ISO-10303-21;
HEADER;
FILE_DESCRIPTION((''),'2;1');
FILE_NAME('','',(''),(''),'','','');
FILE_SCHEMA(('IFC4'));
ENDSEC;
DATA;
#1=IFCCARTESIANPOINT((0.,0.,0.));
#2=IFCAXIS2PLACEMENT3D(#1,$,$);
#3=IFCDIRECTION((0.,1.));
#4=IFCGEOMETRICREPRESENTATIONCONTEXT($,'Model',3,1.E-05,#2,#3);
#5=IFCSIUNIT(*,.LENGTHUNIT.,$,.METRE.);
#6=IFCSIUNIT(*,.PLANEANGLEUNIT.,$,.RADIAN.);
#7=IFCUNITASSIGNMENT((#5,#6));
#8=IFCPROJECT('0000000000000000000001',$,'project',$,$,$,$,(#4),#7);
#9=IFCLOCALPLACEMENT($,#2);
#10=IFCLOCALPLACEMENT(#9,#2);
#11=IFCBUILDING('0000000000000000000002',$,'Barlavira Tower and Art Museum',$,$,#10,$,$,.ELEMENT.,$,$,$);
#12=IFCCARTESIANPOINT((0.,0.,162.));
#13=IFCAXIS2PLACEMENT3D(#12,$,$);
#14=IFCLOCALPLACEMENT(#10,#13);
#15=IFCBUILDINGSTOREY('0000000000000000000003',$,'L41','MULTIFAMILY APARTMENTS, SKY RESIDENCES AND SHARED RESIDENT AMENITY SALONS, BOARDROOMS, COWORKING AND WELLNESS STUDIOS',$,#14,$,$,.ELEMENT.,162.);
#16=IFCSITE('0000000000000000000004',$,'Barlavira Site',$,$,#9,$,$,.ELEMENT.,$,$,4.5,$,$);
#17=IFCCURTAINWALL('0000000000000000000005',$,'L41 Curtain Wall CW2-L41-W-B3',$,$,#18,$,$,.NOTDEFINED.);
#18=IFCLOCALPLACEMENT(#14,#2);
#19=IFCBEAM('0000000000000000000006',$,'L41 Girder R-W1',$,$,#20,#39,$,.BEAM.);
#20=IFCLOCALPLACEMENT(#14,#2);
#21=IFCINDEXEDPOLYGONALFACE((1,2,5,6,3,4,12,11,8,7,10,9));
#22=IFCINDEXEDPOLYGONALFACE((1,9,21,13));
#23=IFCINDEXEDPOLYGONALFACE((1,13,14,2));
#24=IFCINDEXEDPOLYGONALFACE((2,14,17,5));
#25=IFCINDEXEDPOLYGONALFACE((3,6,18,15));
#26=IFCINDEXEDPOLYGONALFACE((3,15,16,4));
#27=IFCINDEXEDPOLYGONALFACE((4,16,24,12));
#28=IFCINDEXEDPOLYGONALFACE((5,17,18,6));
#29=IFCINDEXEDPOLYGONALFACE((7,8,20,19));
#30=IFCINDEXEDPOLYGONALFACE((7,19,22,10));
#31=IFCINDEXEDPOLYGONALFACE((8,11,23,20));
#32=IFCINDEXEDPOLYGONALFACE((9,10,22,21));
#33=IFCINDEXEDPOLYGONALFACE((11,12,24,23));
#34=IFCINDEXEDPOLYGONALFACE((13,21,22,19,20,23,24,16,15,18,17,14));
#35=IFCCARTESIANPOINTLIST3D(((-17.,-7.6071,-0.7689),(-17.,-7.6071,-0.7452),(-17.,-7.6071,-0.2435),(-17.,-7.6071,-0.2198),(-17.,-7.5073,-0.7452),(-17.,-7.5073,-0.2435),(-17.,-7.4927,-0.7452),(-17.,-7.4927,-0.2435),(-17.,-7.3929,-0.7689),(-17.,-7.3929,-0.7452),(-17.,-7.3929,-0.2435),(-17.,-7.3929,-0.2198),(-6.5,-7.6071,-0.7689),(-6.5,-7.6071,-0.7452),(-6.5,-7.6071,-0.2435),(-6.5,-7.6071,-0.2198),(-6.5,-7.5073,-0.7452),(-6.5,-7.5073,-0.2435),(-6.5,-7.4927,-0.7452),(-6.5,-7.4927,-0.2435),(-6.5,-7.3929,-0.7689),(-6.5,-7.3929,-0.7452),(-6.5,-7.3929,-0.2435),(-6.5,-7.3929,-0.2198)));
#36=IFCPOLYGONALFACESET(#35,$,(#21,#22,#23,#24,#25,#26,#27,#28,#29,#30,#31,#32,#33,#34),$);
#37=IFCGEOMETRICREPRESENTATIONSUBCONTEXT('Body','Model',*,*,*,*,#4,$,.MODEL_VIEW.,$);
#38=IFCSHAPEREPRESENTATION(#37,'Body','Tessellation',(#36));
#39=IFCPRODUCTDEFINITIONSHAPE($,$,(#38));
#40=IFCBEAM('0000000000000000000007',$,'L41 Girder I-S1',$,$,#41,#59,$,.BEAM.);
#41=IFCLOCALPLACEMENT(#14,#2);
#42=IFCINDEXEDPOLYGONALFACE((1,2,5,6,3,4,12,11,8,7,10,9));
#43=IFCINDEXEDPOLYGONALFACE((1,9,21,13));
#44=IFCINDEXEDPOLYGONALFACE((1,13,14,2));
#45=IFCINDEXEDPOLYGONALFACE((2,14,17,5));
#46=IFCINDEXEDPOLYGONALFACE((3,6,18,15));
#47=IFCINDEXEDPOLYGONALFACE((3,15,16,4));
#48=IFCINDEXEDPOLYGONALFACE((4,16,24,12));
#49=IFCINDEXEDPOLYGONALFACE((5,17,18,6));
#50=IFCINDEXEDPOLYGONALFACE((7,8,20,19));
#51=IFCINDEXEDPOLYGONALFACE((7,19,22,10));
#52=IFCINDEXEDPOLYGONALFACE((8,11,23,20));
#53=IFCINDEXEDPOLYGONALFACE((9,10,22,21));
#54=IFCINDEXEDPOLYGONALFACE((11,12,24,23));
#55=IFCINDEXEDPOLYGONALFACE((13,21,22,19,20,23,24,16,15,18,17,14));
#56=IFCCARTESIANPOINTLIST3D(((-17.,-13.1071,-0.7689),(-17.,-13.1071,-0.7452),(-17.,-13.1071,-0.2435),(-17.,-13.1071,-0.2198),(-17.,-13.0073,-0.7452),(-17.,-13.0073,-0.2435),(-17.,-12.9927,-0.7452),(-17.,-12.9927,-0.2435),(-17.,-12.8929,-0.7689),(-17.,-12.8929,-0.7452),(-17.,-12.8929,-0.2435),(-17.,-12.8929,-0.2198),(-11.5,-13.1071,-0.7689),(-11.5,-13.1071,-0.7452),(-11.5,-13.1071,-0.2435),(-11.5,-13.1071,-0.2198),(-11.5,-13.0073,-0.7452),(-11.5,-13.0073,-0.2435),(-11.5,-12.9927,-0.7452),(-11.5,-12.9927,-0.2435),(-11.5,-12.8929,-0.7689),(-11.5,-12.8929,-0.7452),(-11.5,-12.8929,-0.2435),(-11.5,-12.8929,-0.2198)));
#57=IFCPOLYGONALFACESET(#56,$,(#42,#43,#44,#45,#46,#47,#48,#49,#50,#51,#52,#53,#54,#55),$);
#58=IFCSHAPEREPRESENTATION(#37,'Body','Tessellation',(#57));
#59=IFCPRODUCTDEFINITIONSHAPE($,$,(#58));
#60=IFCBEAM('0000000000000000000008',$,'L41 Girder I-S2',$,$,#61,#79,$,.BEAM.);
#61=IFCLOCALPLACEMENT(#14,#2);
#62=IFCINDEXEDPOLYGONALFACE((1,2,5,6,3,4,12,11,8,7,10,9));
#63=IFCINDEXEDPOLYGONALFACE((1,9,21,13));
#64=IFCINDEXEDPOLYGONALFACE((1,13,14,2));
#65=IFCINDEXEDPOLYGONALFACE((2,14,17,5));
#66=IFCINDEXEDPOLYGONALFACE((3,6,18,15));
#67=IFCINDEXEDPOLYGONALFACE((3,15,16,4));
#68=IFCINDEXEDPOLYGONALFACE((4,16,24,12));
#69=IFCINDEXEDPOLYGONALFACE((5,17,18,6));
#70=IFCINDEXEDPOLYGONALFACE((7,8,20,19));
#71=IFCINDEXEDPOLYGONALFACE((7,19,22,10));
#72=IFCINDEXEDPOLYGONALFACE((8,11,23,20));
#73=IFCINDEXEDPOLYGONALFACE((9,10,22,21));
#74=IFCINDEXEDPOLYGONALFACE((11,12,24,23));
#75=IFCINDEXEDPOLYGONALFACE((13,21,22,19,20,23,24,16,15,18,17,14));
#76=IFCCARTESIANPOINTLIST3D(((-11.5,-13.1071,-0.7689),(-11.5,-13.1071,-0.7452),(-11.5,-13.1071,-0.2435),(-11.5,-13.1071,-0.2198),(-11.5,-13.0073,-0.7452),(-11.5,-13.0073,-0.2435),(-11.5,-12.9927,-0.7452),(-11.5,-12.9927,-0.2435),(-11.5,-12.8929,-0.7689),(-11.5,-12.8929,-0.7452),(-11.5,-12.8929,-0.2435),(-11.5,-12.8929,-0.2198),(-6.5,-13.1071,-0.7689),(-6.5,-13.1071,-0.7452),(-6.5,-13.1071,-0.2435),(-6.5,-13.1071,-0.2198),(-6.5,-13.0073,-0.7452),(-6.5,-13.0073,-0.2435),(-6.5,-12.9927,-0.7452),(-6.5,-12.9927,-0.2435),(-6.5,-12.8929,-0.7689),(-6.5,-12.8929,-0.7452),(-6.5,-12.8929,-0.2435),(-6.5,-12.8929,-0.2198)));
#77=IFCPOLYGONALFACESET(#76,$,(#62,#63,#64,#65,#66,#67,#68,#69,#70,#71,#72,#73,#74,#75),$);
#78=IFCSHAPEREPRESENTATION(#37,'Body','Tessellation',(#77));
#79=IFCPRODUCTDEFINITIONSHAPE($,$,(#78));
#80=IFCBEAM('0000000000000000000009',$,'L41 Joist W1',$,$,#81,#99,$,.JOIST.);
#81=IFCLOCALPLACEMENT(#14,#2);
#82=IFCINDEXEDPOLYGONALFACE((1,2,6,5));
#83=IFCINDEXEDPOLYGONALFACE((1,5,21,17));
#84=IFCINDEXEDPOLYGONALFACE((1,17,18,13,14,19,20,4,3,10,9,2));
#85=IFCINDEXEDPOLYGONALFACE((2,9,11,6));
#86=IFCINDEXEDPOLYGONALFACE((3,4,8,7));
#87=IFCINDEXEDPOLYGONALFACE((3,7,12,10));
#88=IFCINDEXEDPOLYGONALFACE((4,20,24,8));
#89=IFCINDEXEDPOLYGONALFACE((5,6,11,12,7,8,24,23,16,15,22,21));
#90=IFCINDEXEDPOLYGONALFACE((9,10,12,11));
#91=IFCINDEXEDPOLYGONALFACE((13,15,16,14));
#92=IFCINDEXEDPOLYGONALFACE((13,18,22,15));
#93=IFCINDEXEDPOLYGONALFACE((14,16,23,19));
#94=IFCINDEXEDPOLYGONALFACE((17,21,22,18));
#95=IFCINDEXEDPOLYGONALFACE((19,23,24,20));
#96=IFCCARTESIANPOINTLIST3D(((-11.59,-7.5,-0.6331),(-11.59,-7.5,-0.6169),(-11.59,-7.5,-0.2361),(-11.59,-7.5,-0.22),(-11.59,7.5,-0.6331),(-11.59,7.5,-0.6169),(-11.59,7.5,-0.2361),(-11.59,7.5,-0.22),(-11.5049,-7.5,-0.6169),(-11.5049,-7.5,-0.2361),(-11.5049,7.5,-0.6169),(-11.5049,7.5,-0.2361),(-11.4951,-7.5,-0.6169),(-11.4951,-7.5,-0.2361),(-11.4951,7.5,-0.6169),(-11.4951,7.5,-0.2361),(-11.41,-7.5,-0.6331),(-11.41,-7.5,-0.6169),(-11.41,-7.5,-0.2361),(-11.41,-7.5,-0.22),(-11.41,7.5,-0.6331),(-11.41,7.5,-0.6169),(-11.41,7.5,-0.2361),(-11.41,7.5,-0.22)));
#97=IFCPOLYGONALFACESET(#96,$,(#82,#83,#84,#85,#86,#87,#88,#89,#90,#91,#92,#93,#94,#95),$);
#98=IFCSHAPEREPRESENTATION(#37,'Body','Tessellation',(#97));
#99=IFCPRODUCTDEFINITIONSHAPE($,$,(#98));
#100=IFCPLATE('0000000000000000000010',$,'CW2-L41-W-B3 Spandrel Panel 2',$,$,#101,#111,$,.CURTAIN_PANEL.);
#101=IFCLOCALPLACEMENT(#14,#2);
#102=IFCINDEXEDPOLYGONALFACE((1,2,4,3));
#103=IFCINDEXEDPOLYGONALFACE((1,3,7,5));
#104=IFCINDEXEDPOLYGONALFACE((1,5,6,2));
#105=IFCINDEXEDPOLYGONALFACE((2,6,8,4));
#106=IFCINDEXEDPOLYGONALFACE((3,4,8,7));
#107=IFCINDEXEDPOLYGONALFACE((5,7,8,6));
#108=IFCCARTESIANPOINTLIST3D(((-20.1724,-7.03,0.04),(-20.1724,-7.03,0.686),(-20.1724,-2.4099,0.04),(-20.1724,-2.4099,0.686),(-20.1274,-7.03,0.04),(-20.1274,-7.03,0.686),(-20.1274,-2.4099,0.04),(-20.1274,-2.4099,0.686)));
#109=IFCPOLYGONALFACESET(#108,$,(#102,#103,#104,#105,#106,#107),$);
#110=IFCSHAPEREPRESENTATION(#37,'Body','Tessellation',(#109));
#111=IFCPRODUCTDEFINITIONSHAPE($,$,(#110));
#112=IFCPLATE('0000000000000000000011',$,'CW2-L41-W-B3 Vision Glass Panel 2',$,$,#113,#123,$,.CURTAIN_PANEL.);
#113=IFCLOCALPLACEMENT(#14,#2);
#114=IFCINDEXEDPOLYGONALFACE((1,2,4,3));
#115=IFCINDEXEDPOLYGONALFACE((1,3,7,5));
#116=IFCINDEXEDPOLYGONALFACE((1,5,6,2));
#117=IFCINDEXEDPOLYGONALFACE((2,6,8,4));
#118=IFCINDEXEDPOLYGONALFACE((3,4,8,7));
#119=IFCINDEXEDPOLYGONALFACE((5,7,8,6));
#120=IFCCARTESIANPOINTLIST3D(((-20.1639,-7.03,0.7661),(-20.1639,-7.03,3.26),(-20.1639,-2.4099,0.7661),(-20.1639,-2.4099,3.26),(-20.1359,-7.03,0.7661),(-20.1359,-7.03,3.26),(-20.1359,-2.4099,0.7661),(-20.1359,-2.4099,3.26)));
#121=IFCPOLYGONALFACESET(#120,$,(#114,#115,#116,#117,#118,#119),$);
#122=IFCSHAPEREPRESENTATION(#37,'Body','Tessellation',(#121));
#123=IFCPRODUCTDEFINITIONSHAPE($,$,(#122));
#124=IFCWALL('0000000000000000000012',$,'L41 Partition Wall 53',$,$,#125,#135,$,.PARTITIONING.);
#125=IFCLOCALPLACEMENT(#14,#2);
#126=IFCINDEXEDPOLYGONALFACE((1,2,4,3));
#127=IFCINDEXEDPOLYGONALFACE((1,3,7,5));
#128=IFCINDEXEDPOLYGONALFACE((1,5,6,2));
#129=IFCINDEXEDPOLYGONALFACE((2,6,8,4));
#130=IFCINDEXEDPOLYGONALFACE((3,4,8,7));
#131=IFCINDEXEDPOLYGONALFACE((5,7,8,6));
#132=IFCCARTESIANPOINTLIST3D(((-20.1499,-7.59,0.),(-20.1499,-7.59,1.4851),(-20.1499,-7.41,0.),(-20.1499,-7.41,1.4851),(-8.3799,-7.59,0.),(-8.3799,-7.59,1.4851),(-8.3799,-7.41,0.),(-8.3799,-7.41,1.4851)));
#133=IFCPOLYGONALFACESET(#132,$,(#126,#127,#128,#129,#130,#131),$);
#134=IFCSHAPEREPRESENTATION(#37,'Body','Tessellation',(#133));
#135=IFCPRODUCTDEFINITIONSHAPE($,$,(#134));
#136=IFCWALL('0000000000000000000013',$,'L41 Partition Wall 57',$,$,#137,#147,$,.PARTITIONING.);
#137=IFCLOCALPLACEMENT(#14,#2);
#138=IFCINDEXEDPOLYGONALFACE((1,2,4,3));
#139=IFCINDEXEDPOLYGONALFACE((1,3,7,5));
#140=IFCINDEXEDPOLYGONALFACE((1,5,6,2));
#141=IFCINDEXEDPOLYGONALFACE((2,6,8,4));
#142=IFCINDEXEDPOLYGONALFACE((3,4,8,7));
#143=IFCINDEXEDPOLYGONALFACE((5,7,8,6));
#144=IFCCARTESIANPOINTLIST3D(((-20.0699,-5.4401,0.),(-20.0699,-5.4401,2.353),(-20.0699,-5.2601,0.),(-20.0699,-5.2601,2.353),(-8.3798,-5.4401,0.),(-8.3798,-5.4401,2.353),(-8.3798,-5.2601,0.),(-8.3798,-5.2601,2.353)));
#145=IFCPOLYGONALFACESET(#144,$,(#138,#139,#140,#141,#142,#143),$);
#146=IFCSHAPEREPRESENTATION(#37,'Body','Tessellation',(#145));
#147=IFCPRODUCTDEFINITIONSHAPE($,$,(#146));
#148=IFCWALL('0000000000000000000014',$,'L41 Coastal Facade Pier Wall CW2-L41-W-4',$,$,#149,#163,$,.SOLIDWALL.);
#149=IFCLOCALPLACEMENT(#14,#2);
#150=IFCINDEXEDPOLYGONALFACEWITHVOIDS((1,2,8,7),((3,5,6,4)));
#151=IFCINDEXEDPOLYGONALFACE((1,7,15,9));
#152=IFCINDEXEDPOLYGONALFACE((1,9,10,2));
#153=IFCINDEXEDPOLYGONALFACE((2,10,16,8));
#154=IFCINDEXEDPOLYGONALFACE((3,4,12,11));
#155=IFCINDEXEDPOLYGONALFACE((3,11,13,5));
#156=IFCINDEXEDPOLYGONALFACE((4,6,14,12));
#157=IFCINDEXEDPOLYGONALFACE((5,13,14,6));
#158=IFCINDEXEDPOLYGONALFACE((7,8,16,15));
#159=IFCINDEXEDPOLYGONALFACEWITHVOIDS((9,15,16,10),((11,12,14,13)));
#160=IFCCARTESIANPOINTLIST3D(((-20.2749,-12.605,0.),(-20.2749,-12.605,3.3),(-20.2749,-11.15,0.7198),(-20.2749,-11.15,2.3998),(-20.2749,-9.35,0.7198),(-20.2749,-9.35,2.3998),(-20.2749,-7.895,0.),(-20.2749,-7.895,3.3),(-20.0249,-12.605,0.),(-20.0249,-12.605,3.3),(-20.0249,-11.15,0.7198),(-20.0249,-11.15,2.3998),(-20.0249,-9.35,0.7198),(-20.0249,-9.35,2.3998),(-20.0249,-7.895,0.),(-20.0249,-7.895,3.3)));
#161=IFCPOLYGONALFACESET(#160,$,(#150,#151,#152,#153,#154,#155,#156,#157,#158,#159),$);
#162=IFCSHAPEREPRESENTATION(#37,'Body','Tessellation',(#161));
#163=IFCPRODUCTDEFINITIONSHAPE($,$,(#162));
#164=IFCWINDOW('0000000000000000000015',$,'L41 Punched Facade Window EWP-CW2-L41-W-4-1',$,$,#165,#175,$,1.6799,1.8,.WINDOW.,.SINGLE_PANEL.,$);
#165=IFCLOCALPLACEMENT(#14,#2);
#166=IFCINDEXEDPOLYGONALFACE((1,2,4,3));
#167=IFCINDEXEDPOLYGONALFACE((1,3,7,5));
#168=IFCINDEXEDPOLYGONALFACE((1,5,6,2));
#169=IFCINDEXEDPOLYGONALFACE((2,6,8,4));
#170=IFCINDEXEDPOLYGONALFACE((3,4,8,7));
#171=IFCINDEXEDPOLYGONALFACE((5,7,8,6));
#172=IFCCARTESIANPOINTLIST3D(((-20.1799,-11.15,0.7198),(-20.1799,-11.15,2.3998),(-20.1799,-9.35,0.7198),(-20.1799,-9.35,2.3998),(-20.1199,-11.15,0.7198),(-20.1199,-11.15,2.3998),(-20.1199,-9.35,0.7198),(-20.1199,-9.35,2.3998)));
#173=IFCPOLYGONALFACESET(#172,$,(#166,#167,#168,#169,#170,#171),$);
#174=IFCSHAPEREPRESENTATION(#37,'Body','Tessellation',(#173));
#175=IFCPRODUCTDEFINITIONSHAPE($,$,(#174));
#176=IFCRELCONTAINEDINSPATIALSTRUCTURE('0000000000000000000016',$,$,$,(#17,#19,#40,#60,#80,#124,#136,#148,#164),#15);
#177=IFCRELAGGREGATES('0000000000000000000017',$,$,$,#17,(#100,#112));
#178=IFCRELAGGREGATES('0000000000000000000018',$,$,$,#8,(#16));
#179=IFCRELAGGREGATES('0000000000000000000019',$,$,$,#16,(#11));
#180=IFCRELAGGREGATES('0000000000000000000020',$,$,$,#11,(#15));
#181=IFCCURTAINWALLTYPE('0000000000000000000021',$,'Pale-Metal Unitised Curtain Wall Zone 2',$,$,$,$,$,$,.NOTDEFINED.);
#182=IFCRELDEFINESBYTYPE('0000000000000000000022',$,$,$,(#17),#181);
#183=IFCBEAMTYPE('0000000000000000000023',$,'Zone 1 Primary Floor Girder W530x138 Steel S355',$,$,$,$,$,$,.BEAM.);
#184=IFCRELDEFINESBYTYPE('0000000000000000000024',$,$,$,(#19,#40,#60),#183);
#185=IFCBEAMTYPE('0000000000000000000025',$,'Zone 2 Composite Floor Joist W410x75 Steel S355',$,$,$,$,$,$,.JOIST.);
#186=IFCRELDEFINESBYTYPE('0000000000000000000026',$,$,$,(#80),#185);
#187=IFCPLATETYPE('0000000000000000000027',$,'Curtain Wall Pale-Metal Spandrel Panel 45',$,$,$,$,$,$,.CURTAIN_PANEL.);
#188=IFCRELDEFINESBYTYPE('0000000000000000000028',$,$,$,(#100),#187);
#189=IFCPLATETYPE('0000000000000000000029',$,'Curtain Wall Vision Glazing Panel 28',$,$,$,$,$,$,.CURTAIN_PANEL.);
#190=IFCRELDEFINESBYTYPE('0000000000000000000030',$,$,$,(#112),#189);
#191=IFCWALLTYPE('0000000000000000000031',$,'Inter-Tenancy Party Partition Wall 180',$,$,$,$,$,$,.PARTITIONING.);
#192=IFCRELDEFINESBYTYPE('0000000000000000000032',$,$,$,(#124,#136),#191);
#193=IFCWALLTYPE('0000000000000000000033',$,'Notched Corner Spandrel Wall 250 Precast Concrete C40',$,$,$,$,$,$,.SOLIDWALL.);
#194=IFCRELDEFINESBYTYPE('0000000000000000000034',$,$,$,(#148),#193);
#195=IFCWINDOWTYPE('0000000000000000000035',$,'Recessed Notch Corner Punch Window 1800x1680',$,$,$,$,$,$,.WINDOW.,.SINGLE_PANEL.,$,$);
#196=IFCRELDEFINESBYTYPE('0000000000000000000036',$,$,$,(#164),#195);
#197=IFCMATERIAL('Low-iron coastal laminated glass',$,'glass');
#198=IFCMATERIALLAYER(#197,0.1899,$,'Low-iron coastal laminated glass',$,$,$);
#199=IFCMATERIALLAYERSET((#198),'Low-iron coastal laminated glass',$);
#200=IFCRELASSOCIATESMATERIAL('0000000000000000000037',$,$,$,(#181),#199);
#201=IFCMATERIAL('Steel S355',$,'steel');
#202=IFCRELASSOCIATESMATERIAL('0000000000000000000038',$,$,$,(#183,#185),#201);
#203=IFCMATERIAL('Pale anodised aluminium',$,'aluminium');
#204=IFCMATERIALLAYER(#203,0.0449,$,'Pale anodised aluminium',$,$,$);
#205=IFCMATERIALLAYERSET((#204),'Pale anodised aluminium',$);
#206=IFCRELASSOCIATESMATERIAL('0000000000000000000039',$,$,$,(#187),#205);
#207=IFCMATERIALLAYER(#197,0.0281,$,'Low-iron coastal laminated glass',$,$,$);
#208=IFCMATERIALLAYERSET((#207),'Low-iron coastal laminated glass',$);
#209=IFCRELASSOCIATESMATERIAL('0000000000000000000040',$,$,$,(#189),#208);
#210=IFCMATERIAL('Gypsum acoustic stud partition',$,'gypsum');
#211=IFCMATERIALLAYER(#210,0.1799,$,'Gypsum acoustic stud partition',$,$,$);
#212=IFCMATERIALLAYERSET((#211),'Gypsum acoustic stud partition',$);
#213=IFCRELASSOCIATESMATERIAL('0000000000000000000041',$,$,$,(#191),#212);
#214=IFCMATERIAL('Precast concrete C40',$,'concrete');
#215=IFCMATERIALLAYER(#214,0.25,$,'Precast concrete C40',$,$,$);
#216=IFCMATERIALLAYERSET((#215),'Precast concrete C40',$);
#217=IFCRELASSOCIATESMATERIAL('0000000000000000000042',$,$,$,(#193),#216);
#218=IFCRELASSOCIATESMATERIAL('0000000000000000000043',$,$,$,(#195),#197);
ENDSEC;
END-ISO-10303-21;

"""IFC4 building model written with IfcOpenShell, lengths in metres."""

from ifc_helpers import new_model, si_unit, direction, frame, frame_2d, origin, origin_2d, place, context, subcontext, project, spatial, rectangle, i_section, extrude, material, layer, layer_set, material_profile, profile_set, type_object, element, fill, aggregate, save


model = new_model("IFC4")

# Units and contexts
model_context = context("Model", 3, precision=1e-05, world=origin(), true_north=direction((0.0, 1.0)))
body_context = subcontext(model_context, "Body", "Model", "MODEL_VIEW")
ifc_project = project(units=[si_unit("LENGTHUNIT", "METRE"), si_unit("PLANEANGLEUNIT", "RADIAN")], contexts=[model_context])

# Site, building, storey
site_placement = place(None, origin())
site = spatial("IfcSite", under=ifc_project, at=site_placement, Name="Barlavira Site", CompositionType="ELEMENT", RefElevation=4.5)
building_placement = place(site_placement, origin())
building = spatial("IfcBuilding", under=site, at=building_placement, Name="Barlavira Tower and Art Museum", CompositionType="ELEMENT")
storey_placement = place(building_placement, frame((0.0, 0.0, 162.0)))
storey = spatial("IfcBuildingStorey", under=building, at=storey_placement, Name="L41", Description="MULTIFAMILY APARTMENTS, SKY RESIDENCES AND SHARED RESIDENT AMENITY SALONS, BOARDROOMS, COWORKING AND WELLNESS STUDIOS", CompositionType="ELEMENT", Elevation=162.0)

# Curtain wall
ifc_material_1 = material(Name="Low-iron coastal laminated glass", Category="glass")
ifc_layer_1 = layer(ifc_material_1, 0.1899, Name="Low-iron coastal laminated glass")
ifc_layer_set_1 = layer_set([ifc_layer_1], Name="Low-iron coastal laminated glass")
curtain_wall_type = type_object("IfcCurtainWallType", Name="Pale-Metal Unitised Curtain Wall Zone 2", PredefinedType="NOTDEFINED", material=ifc_layer_set_1)
curtain_wall_placement = place(storey_placement, origin())
curtain_wall = element("IfcCurtainWall", 1, at=curtain_wall_placement, inside=storey, type_object=curtain_wall_type, Name="L41 Curtain Wall CW2-L41-W-B3", PredefinedType="NOTDEFINED")
ifc_material_2 = material(Name="Pale anodised aluminium", Category="aluminium")

# Shared definitions
ifc_material_3 = material(Name="Steel S355", Category="steel")

# Beams
ifc_material_profile_1 = material_profile(ifc_material_3, i_section(OverallWidth=0.2141, OverallDepth=0.5491, WebThickness=0.0146, FlangeThickness=0.0237, at=origin_2d()), Name="W530x138.0")
ifc_profile_set_1 = profile_set([ifc_material_profile_1], Name="Steel S355")
beam_type_1 = type_object("IfcBeamType", Name="Zone 1 Primary Floor Girder W530x138 Steel S355", PredefinedType="BEAM", material=ifc_profile_set_1)
beam_1_placement = place(storey_placement, frame((-17.0, -7.5, -0.4944), z_axis=(1.0, 0.0, 0.0), x_axis=(0.0, 1.0, 0.0)))
element("IfcBeam", 2, at=beam_1_placement, inside=storey, type_object=beam_type_1, Name="L41 Girder R-W1", PredefinedType="BEAM", context=body_context, shape_type="SweptSolid", body=[
    extrude(i_section(OverallWidth=0.2141, OverallDepth=0.5491, WebThickness=0.0146, FlangeThickness=0.0237, at=origin_2d()), origin(), (0.0, 0.0, 1.0), 10.5),
])
beam_2_placement = place(storey_placement, frame((-17.0, -13.0, -0.4944), z_axis=(1.0, 0.0, 0.0), x_axis=(0.0, 1.0, 0.0)))
element("IfcBeam", 3, at=beam_2_placement, inside=storey, type_object=beam_type_1, Name="L41 Girder I-S1", PredefinedType="BEAM", context=body_context, shape_type="SweptSolid", body=[
    extrude(i_section(OverallWidth=0.2141, OverallDepth=0.5491, WebThickness=0.0146, FlangeThickness=0.0237, at=origin_2d()), origin(), (0.0, 0.0, 1.0), 5.5),
])
beam_3_placement = place(storey_placement, frame((-11.5, -13.0, -0.4944), z_axis=(1.0, 0.0, 0.0), x_axis=(0.0, 1.0, 0.0)))
element("IfcBeam", 4, at=beam_3_placement, inside=storey, type_object=beam_type_1, Name="L41 Girder I-S2", PredefinedType="BEAM", context=body_context, shape_type="SweptSolid", body=[
    extrude(i_section(OverallWidth=0.2141, OverallDepth=0.5491, WebThickness=0.0146, FlangeThickness=0.0237, at=origin_2d()), origin(), (0.0, 0.0, 1.0), 5.0),
])
ifc_material_profile_2 = material_profile(ifc_material_3, i_section(OverallWidth=0.1799, OverallDepth=0.4131, WebThickness=0.0098, FlangeThickness=0.0161, at=origin_2d()), Name="W410x75.0")
ifc_profile_set_2 = profile_set([ifc_material_profile_2], Name="Steel S355")
beam_type_2 = type_object("IfcBeamType", Name="Zone 2 Composite Floor Joist W410x75 Steel S355", PredefinedType="JOIST", material=ifc_profile_set_2)
beam_4_placement = place(storey_placement, frame((-11.5, -7.5, -0.4265), z_axis=(0.0, 1.0, 0.0), x_axis=(-1.0, 0.0, 0.0)))
element("IfcBeam", 5, at=beam_4_placement, inside=storey, type_object=beam_type_2, Name="L41 Joist W1", PredefinedType="JOIST", context=body_context, shape_type="SweptSolid", body=[
    extrude(i_section(OverallWidth=0.1799, OverallDepth=0.4131, WebThickness=0.0098, FlangeThickness=0.0161, at=origin_2d()), origin(), (0.0, 0.0, 1.0), 15.0),
])

# Plates
ifc_layer_2 = layer(ifc_material_2, 0.0449, Name="Pale anodised aluminium")
ifc_layer_set_2 = layer_set([ifc_layer_2], Name="Pale anodised aluminium")
plate_type_1 = type_object("IfcPlateType", Name="Curtain Wall Pale-Metal Spandrel Panel 45", PredefinedType="CURTAIN_PANEL", material=ifc_layer_set_2)
plate_1_placement = place(storey_placement, frame((-20.1499, -4.72, 0.04), z_axis=(0.0, 0.0, 1.0), x_axis=(0.0, -1.0, 0.0)))
plate_1 = element("IfcPlate", 6, at=plate_1_placement, type_object=plate_type_1, Name="CW2-L41-W-B3 Spandrel Panel 2", PredefinedType="CURTAIN_PANEL", context=body_context, shape_type="SweptSolid", body=[
    extrude(rectangle(XDim=4.6201, YDim=0.0449, at=origin_2d()), origin(), (0.0, 0.0, 1.0), 0.646),
])
ifc_layer_3 = layer(ifc_material_1, 0.0281, Name="Low-iron coastal laminated glass")
ifc_layer_set_3 = layer_set([ifc_layer_3], Name="Low-iron coastal laminated glass")
plate_type_2 = type_object("IfcPlateType", Name="Curtain Wall Vision Glazing Panel 28", PredefinedType="CURTAIN_PANEL", material=ifc_layer_set_3)
plate_2_placement = place(storey_placement, frame((-20.1499, -4.72, 0.7661), z_axis=(0.0, 0.0, 1.0), x_axis=(0.0, -1.0, 0.0)))
plate_2 = element("IfcPlate", 7, at=plate_2_placement, type_object=plate_type_2, Name="CW2-L41-W-B3 Vision Glass Panel 2", PredefinedType="CURTAIN_PANEL", context=body_context, shape_type="SweptSolid", body=[
    extrude(rectangle(XDim=4.6201, YDim=0.0281, at=origin_2d()), origin(), (0.0, 0.0, 1.0), 2.4939),
])
aggregate(curtain_wall, [plate_1, plate_2])

# Shared definitions
ifc_material_4 = material(Name="Gypsum acoustic stud partition", Category="gypsum")
ifc_layer_4 = layer(ifc_material_4, 0.1799, Name="Gypsum acoustic stud partition")
ifc_layer_set_4 = layer_set([ifc_layer_4], Name="Gypsum acoustic stud partition")
wall_type_1 = type_object("IfcWallType", Name="Inter-Tenancy Party Partition Wall 180", PredefinedType="PARTITIONING", material=ifc_layer_set_4)

# Walls
wall_1_placement = place(storey_placement, frame((-20.1499, -7.5, 0.0), z_axis=(0.0, 0.0, 1.0), x_axis=(1.0, 0.0, 0.0)))
element("IfcWall", 8, at=wall_1_placement, inside=storey, type_object=wall_type_1, Name="L41 Partition Wall 53", PredefinedType="PARTITIONING", context=body_context, shape_type="SweptSolid", body=[
    extrude(rectangle(XDim=11.77, YDim=0.1799, at=frame_2d((5.885, 0.0))), origin(), (0.0, 0.0, 1.0), 1.4851),
])
wall_2_placement = place(storey_placement, frame((-20.0701, -5.3501, 0.0), z_axis=(0.0, 0.0, 1.0), x_axis=(1.0, 0.0, 0.0)))
element("IfcWall", 9, at=wall_2_placement, inside=storey, type_object=wall_type_1, Name="L41 Partition Wall 57", PredefinedType="PARTITIONING", context=body_context, shape_type="SweptSolid", body=[
    extrude(rectangle(XDim=11.6902, YDim=0.1799, at=frame_2d((5.8452, 0.0))), origin(), (0.0, 0.0, 1.0), 2.353),
])

# Wall, opening, window
ifc_material_5 = material(Name="Precast concrete C40", Category="concrete")
ifc_layer_5 = layer(ifc_material_5, 0.25, Name="Precast concrete C40")
ifc_layer_set_5 = layer_set([ifc_layer_5], Name="Precast concrete C40")
wall_type_2 = type_object("IfcWallType", Name="Notched Corner Spandrel Wall 250 Precast Concrete C40", PredefinedType="SOLIDWALL", material=ifc_layer_set_5)
wall_3_placement = place(storey_placement, frame((-20.1499, -7.895, 0.0), z_axis=(0.0, 0.0, 1.0), x_axis=(0.0, -1.0, 0.0)))
wall_3 = element("IfcWall", 10, at=wall_3_placement, inside=storey, type_object=wall_type_2, Name="L41 Coastal Facade Pier Wall CW2-L41-W-4", PredefinedType="SOLIDWALL", context=body_context, shape_type="SweptSolid", body=[
    extrude(rectangle(XDim=4.71, YDim=0.25, at=frame_2d((2.355, 0.0))), origin(), (0.0, 0.0, 1.0), 3.3),
])
opening_1_placement = place(wall_3_placement, frame((1.4551, 0.0, 0.72)))
opening_1 = element("IfcOpeningElement", 11, at=opening_1_placement, cuts=wall_3, PredefinedType="OPENING", context=body_context, shape_type="SweptSolid", body=[
    extrude(rectangle(XDim=1.8, YDim=1.6799, at=frame_2d((0.8999, 0.8398))), frame((0.0, 0.135, 0.0), z_axis=(0.0, -1.0, 0.0), x_axis=(1.0, 0.0, 0.0)), (0.0, 0.0, 1.0), 0.27),
])
window_type = type_object("IfcWindowType", Name="Recessed Notch Corner Punch Window 1800x1680", PartitioningType="SINGLE_PANEL", PredefinedType="WINDOW", material=ifc_material_1)
window_placement = place(opening_1_placement, origin())
window = element("IfcWindow", 12, at=window_placement, inside=storey, type_object=window_type, Name="L41 Punched Facade Window EWP-CW2-L41-W-4-1", OverallHeight=1.6799, OverallWidth=1.8, PartitioningType="SINGLE_PANEL", PredefinedType="WINDOW", context=body_context, shape_type="SweptSolid", body=[
    extrude(rectangle(XDim=1.8, YDim=1.6799, at=frame_2d((0.8999, 0.8398))), frame((0.0, 0.03, 0.0), z_axis=(0.0, -1.0, 0.0), x_axis=(1.0, 0.0, 0.0)), (0.0, 0.0, 1.0), 0.0601),
])
fill(opening_1, window)

save(model, "model.ifc")
